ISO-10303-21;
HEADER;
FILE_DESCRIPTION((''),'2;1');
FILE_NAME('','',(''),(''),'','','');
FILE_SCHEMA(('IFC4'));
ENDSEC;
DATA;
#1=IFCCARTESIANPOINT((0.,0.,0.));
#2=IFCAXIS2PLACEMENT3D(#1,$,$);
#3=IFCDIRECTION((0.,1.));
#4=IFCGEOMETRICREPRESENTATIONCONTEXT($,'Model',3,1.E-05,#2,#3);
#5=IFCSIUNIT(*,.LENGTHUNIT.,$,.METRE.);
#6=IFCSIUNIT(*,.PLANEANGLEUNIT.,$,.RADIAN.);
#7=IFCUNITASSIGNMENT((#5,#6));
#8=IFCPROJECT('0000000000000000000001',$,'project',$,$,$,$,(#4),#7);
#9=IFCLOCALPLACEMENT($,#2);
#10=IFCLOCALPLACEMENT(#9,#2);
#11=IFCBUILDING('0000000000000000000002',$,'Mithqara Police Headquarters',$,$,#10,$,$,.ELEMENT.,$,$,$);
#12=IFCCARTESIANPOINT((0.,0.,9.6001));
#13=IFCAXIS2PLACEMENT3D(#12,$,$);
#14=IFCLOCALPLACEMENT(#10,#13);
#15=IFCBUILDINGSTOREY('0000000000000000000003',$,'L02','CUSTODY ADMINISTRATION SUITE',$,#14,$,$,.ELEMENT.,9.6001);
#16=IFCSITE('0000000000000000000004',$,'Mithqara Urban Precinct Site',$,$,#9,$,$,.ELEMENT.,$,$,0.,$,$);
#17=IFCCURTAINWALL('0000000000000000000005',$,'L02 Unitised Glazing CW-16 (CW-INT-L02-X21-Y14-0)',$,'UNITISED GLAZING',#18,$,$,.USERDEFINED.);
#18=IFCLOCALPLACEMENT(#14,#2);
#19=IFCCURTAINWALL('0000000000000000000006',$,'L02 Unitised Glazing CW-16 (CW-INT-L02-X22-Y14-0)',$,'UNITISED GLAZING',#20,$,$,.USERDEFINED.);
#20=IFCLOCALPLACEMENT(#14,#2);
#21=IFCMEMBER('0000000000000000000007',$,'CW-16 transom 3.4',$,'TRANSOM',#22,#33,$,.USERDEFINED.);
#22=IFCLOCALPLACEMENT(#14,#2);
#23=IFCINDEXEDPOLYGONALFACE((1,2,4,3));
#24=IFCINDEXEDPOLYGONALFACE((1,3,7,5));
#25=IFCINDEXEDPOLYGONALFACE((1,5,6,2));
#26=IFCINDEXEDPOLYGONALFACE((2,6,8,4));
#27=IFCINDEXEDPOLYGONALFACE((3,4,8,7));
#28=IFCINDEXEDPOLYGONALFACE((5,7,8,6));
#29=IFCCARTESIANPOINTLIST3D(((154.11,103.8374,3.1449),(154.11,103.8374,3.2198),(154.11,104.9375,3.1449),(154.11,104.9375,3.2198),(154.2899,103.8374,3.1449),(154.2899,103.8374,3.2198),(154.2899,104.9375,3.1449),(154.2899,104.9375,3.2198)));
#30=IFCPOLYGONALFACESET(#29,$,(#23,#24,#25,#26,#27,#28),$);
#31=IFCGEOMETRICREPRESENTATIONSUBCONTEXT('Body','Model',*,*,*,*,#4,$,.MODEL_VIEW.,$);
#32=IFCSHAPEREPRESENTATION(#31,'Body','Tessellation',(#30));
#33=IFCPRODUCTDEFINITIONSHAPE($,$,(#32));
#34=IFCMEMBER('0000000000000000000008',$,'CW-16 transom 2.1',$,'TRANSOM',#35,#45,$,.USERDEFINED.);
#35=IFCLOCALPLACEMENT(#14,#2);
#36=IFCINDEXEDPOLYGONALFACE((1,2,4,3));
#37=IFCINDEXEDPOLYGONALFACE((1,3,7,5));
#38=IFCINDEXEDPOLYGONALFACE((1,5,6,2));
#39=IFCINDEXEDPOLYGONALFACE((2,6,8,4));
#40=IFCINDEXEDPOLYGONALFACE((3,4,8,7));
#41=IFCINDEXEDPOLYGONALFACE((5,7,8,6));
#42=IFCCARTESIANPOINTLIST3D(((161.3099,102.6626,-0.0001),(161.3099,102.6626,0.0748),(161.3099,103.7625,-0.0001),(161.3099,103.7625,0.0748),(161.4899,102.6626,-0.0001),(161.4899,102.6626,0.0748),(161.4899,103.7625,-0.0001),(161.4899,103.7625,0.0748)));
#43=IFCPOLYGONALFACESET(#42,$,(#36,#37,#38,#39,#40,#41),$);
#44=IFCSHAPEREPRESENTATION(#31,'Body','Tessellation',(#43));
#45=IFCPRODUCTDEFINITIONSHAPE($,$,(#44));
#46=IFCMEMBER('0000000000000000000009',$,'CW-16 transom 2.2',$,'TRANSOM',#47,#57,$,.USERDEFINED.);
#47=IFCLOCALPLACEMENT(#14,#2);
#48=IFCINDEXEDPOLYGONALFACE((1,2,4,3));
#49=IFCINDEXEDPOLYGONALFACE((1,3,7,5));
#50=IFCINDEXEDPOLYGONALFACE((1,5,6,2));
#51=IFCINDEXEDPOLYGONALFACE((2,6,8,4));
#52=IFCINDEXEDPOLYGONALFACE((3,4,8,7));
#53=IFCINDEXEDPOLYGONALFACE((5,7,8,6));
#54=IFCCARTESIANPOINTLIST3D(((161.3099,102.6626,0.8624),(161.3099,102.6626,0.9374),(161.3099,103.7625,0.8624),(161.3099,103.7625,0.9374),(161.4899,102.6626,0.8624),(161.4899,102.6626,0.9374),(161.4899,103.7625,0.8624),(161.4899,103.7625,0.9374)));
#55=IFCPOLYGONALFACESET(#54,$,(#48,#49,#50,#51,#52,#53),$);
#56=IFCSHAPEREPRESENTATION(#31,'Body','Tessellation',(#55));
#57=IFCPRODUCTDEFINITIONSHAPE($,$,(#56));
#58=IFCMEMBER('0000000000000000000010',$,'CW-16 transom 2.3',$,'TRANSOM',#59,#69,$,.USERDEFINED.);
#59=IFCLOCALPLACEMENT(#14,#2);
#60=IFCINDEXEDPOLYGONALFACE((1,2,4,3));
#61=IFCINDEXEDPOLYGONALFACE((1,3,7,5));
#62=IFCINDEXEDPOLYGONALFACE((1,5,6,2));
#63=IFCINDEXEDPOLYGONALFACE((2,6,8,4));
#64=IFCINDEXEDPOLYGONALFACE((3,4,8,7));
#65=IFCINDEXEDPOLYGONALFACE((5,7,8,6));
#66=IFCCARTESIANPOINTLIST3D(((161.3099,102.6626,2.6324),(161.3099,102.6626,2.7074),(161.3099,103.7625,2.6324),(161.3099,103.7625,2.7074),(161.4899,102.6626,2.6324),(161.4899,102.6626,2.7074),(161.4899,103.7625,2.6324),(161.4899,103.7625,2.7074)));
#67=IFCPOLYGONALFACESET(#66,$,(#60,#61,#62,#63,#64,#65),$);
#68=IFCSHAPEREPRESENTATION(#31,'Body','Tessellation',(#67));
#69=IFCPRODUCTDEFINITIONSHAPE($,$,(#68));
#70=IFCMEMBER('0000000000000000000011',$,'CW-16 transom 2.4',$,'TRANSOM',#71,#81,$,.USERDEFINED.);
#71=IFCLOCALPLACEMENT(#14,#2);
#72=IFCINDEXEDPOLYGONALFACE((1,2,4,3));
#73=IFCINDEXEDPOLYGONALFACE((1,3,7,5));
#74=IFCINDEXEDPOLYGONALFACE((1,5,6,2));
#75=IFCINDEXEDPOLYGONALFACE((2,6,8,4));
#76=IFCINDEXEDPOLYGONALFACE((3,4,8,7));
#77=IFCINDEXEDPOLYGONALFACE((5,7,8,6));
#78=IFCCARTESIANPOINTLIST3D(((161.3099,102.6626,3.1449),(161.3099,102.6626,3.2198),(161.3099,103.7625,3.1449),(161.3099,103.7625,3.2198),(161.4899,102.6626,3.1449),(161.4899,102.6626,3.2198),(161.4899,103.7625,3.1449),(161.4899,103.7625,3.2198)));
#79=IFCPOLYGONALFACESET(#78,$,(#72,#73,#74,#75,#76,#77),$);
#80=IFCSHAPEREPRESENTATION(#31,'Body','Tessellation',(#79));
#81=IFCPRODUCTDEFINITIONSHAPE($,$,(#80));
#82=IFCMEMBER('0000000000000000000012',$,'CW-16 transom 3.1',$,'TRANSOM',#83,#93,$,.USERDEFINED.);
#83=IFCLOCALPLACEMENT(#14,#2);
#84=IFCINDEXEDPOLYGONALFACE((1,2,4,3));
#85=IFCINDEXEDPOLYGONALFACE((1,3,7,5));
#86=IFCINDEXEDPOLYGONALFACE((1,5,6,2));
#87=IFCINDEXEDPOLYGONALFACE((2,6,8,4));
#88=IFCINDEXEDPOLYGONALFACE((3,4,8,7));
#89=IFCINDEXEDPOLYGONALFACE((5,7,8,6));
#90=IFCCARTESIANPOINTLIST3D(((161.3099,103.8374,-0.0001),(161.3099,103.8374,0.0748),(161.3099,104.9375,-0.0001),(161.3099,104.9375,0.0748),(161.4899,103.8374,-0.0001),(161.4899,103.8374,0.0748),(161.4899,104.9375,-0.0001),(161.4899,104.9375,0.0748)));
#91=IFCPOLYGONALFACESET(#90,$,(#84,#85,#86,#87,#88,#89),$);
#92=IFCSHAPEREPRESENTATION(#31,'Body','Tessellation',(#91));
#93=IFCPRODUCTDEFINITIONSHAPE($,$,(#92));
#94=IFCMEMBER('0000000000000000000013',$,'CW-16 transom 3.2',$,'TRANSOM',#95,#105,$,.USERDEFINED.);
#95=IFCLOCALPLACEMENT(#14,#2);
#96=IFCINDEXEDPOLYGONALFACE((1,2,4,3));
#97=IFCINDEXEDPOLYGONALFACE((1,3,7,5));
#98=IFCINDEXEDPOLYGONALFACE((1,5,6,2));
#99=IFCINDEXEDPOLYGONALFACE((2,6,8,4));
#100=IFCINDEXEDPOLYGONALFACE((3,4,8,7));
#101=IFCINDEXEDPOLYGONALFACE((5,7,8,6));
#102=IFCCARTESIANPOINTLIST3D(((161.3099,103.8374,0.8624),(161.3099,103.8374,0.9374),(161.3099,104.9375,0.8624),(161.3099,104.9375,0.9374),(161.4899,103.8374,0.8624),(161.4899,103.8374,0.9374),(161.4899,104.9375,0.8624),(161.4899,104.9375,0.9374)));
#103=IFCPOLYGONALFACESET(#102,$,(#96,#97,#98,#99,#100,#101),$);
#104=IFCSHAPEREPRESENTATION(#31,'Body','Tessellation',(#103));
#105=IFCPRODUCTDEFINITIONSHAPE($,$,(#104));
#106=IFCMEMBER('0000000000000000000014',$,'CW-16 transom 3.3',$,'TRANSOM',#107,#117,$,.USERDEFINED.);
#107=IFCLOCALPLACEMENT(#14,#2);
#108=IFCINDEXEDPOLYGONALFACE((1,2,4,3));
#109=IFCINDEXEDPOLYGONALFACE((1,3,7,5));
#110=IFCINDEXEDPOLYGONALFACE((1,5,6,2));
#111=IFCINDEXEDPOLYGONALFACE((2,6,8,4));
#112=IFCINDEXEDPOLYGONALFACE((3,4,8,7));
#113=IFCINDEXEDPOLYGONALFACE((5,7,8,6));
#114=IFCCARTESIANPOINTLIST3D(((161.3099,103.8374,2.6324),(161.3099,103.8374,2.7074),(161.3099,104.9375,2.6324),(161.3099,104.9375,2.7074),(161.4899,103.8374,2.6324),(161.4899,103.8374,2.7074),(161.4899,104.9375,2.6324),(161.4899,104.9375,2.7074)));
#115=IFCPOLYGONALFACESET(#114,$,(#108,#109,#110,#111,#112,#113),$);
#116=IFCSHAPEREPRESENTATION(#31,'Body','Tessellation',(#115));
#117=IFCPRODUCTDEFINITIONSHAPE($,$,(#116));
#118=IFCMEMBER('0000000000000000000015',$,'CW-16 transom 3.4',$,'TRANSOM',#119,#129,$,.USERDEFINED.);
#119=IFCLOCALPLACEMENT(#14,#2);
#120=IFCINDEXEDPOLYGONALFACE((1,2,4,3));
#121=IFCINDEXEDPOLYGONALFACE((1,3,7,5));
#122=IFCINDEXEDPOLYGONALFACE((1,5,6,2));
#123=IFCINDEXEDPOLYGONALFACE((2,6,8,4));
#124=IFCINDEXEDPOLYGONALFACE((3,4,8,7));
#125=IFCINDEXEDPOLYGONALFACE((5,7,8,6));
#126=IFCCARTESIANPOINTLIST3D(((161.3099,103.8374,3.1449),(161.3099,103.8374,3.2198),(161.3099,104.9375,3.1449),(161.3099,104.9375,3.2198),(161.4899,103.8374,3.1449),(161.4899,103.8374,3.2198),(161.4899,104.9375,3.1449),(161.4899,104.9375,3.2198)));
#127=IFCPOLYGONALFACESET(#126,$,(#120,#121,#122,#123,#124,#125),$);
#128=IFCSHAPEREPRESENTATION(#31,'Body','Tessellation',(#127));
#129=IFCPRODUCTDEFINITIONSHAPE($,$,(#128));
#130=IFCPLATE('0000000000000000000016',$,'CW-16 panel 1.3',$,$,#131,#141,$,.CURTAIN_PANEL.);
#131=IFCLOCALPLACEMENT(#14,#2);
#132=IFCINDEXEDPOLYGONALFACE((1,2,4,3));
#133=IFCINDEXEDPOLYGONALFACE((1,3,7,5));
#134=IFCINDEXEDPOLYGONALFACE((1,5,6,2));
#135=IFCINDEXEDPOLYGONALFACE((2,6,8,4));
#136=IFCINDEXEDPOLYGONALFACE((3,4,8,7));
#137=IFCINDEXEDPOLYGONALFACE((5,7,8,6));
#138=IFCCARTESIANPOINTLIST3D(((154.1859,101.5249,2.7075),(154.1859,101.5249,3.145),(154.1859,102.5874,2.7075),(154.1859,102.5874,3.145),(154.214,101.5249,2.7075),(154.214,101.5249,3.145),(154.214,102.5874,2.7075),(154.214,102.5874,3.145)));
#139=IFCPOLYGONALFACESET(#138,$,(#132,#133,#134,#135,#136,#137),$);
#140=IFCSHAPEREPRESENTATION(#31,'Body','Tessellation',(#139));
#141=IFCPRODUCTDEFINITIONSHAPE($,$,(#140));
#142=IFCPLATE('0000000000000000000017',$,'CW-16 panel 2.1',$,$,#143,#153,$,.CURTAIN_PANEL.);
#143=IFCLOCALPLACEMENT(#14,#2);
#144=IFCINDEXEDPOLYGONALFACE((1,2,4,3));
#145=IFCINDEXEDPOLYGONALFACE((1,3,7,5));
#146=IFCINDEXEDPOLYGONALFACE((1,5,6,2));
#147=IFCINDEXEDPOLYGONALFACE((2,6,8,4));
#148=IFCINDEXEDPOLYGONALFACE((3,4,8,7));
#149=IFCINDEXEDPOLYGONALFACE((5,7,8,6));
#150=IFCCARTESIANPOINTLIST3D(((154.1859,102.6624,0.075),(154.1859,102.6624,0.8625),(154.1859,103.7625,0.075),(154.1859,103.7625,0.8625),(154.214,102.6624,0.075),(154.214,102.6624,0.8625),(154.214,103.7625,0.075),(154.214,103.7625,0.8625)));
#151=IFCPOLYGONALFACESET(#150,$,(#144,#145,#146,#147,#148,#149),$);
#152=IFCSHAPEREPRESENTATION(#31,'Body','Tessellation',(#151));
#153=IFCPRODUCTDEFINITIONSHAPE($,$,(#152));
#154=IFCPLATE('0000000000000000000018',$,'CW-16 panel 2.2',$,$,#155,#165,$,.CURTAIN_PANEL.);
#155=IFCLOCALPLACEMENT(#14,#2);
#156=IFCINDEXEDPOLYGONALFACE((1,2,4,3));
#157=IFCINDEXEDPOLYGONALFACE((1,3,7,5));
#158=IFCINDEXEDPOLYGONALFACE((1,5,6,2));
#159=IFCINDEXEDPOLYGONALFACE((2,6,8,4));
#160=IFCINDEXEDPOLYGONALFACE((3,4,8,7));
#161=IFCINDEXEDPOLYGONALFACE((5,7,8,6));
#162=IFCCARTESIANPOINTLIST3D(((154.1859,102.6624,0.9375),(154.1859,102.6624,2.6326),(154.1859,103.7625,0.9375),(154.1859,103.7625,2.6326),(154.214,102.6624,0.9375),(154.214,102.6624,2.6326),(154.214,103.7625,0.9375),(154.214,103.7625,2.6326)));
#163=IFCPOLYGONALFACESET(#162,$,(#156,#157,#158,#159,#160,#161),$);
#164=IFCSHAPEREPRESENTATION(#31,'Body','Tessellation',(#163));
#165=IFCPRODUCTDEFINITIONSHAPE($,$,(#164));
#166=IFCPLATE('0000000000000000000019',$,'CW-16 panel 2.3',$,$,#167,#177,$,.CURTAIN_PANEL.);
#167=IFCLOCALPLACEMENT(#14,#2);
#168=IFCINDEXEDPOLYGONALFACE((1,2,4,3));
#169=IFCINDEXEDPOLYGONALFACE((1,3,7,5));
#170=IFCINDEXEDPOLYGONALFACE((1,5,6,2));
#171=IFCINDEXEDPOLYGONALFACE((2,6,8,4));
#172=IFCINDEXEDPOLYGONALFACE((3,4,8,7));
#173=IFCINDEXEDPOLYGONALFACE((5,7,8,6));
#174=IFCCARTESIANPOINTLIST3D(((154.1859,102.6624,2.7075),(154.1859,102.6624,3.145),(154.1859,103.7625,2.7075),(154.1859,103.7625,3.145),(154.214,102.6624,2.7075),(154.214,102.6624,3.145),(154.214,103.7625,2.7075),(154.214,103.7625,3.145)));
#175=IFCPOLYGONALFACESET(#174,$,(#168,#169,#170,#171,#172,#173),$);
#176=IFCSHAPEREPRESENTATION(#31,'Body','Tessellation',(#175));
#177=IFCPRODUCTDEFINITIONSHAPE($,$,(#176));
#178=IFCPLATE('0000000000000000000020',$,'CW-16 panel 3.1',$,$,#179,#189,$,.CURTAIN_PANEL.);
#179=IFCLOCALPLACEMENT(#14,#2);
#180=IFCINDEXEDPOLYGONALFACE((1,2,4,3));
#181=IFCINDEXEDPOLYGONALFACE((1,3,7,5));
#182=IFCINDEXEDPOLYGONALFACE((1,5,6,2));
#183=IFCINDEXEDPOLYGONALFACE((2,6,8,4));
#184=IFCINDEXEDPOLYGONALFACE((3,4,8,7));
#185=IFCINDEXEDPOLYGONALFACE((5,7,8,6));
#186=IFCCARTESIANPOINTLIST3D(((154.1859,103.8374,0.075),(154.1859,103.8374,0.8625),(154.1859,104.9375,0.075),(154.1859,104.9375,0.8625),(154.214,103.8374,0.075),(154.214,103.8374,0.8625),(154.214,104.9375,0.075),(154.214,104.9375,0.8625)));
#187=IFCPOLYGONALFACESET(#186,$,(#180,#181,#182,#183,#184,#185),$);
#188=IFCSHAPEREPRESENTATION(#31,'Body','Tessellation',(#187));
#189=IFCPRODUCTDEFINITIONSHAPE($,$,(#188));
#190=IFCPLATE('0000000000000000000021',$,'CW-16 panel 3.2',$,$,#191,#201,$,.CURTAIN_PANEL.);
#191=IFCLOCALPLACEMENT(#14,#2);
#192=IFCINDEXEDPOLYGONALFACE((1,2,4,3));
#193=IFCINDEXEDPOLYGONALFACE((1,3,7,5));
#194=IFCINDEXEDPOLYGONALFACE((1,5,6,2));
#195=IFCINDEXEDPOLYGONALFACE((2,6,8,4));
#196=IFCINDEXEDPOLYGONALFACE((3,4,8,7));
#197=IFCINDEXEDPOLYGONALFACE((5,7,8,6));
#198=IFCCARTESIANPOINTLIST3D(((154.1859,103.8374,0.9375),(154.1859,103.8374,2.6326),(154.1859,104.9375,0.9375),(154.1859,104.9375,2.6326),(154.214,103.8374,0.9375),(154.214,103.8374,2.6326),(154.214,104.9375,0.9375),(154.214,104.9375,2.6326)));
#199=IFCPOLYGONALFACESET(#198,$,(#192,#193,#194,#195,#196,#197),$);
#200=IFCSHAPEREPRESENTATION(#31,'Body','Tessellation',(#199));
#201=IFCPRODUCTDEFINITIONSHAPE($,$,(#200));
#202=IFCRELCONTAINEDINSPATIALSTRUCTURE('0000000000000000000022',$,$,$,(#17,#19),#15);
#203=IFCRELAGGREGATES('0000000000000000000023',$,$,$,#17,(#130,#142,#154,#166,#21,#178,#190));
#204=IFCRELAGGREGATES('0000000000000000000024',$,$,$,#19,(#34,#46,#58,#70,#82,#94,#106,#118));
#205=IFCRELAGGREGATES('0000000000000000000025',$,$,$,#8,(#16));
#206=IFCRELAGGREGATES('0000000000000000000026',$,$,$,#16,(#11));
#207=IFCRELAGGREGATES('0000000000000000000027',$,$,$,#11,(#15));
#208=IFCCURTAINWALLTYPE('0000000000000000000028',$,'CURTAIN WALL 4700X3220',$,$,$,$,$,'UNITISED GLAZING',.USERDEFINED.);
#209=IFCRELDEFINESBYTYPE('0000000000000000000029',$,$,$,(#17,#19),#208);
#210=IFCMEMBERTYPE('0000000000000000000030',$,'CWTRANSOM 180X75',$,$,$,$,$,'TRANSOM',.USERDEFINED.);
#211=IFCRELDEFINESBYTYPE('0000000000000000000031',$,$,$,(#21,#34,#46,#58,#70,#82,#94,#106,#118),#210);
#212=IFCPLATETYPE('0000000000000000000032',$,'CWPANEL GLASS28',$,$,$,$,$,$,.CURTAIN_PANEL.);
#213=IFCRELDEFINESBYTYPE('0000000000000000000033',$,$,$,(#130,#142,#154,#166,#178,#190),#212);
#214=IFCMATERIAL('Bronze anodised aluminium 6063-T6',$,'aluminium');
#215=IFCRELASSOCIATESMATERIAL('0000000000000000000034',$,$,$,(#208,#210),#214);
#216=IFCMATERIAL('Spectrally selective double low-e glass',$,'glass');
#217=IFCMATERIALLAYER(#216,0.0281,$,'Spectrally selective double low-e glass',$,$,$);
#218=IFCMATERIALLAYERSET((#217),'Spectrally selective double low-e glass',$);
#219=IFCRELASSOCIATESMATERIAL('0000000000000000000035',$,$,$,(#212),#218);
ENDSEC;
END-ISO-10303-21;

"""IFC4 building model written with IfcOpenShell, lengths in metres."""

from ifc_helpers import new_model, si_unit, direction, frame, origin, origin_2d, place, context, subcontext, project, spatial, rectangle, extrude, material, layer, layer_set, material_profile, profile_set, type_object, element, aggregate, save


model = new_model("IFC4")

# Units and contexts
model_context = context("Model", 3, precision=1e-05, world=origin(), true_north=direction((0.0, 1.0)))
body_context = subcontext(model_context, "Body", "Model", "MODEL_VIEW")
ifc_project = project(units=[si_unit("LENGTHUNIT", "METRE"), si_unit("PLANEANGLEUNIT", "RADIAN")], contexts=[model_context])

# Site, building, storey
site_placement = place(None, origin())
site = spatial("IfcSite", under=ifc_project, at=site_placement, Name="Mithqara Urban Precinct Site", CompositionType="ELEMENT", RefElevation=0.0)
building_placement = place(site_placement, origin())
building = spatial("IfcBuilding", under=site, at=building_placement, Name="Mithqara Police Headquarters", CompositionType="ELEMENT")
storey_placement = place(building_placement, frame((0.0, 0.0, 9.6001)))
storey = spatial("IfcBuildingStorey", under=building, at=storey_placement, Name="L02", Description="CUSTODY ADMINISTRATION SUITE", CompositionType="ELEMENT", Elevation=9.6001)

# Curtain walls
ifc_material_1 = material(Name="Bronze anodised aluminium 6063-T6", Category="aluminium")
curtain_wall_type = type_object("IfcCurtainWallType", Name="CURTAIN WALL 4700X3220", ElementType="UNITISED GLAZING", PredefinedType="USERDEFINED", material=ifc_material_1)
curtain_wall_1_placement = place(storey_placement, origin())
curtain_wall_1 = element("IfcCurtainWall", 1, at=curtain_wall_1_placement, inside=storey, type_object=curtain_wall_type, Name="L02 Unitised Glazing CW-16 (CW-INT-L02-X21-Y14-0)", ObjectType="UNITISED GLAZING", PredefinedType="USERDEFINED")
curtain_wall_2_placement = place(storey_placement, origin())
curtain_wall_2 = element("IfcCurtainWall", 2, at=curtain_wall_2_placement, inside=storey, type_object=curtain_wall_type, Name="L02 Unitised Glazing CW-16 (CW-INT-L02-X22-Y14-0)", ObjectType="UNITISED GLAZING", PredefinedType="USERDEFINED")

# Members
ifc_material_profile_1 = material_profile(ifc_material_1, rectangle(XDim=0.1799, YDim=0.075, at=origin_2d()), Name="CWT 180x75")
ifc_profile_set_1 = profile_set([ifc_material_profile_1], Name="Bronze anodised aluminium 6063-T6")
member_type_1 = type_object("IfcMemberType", Name="CWTRANSOM 180X75", ElementType="TRANSOM", PredefinedType="USERDEFINED", material=ifc_profile_set_1)
member_1_placement = place(storey_placement, frame((154.2, 103.8374, 3.1824), z_axis=(0.0, 1.0, 0.0), x_axis=(-1.0, 0.0, 0.0)))
member_1 = element("IfcMember", 3, at=member_1_placement, type_object=member_type_1, Name="CW-16 transom 3.4", ObjectType="TRANSOM", PredefinedType="USERDEFINED", context=body_context, shape_type="SweptSolid", body=[
    extrude(rectangle(XDim=0.1799, YDim=0.075, at=origin_2d()), origin(), (0.0, 0.0, 1.0), 1.1001),
])
member_2_placement = place(storey_placement, frame((161.3999, 102.6626, 0.0374), z_axis=(0.0, 1.0, 0.0), x_axis=(-1.0, 0.0, 0.0)))
member_2 = element("IfcMember", 4, at=member_2_placement, type_object=member_type_1, Name="CW-16 transom 2.1", ObjectType="TRANSOM", PredefinedType="USERDEFINED", context=body_context, shape_type="SweptSolid", body=[
    extrude(rectangle(XDim=0.1799, YDim=0.075, at=origin_2d()), origin(), (0.0, 0.0, 1.0), 1.0999),
])
member_3_placement = place(storey_placement, frame((161.3999, 102.6626, 0.8999), z_axis=(0.0, 1.0, 0.0), x_axis=(-1.0, 0.0, 0.0)))
member_3 = element("IfcMember", 5, at=member_3_placement, type_object=member_type_1, Name="CW-16 transom 2.2", ObjectType="TRANSOM", PredefinedType="USERDEFINED", context=body_context, shape_type="SweptSolid", body=[
    extrude(rectangle(XDim=0.1799, YDim=0.075, at=origin_2d()), origin(), (0.0, 0.0, 1.0), 1.0999),
])
member_4_placement = place(storey_placement, frame((161.3999, 102.6626, 2.6699), z_axis=(0.0, 1.0, 0.0), x_axis=(-1.0, 0.0, 0.0)))
member_4 = element("IfcMember", 6, at=member_4_placement, type_object=member_type_1, Name="CW-16 transom 2.3", ObjectType="TRANSOM", PredefinedType="USERDEFINED", context=body_context, shape_type="SweptSolid", body=[
    extrude(rectangle(XDim=0.1799, YDim=0.075, at=origin_2d()), origin(), (0.0, 0.0, 1.0), 1.0999),
])
member_5_placement = place(storey_placement, frame((161.3999, 102.6626, 3.1824), z_axis=(0.0, 1.0, 0.0), x_axis=(-1.0, 0.0, 0.0)))
member_5 = element("IfcMember", 7, at=member_5_placement, type_object=member_type_1, Name="CW-16 transom 2.4", ObjectType="TRANSOM", PredefinedType="USERDEFINED", context=body_context, shape_type="SweptSolid", body=[
    extrude(rectangle(XDim=0.1799, YDim=0.075, at=origin_2d()), origin(), (0.0, 0.0, 1.0), 1.0999),
])
member_6_placement = place(storey_placement, frame((161.3999, 103.8374, 0.0374), z_axis=(0.0, 1.0, 0.0), x_axis=(-1.0, 0.0, 0.0)))
member_6 = element("IfcMember", 8, at=member_6_placement, type_object=member_type_1, Name="CW-16 transom 3.1", ObjectType="TRANSOM", PredefinedType="USERDEFINED", context=body_context, shape_type="SweptSolid", body=[
    extrude(rectangle(XDim=0.1799, YDim=0.075, at=origin_2d()), origin(), (0.0, 0.0, 1.0), 1.1001),
])
member_7_placement = place(storey_placement, frame((161.3999, 103.8374, 0.8999), z_axis=(0.0, 1.0, 0.0), x_axis=(-1.0, 0.0, 0.0)))
member_7 = element("IfcMember", 9, at=member_7_placement, type_object=member_type_1, Name="CW-16 transom 3.2", ObjectType="TRANSOM", PredefinedType="USERDEFINED", context=body_context, shape_type="SweptSolid", body=[
    extrude(rectangle(XDim=0.1799, YDim=0.075, at=origin_2d()), origin(), (0.0, 0.0, 1.0), 1.1001),
])
member_8_placement = place(storey_placement, frame((161.3999, 103.8374, 2.6699), z_axis=(0.0, 1.0, 0.0), x_axis=(-1.0, 0.0, 0.0)))
member_8 = element("IfcMember", 10, at=member_8_placement, type_object=member_type_1, Name="CW-16 transom 3.3", ObjectType="TRANSOM", PredefinedType="USERDEFINED", context=body_context, shape_type="SweptSolid", body=[
    extrude(rectangle(XDim=0.1799, YDim=0.075, at=origin_2d()), origin(), (0.0, 0.0, 1.0), 1.1001),
])
member_9_placement = place(storey_placement, frame((161.3999, 103.8374, 3.1824), z_axis=(0.0, 1.0, 0.0), x_axis=(-1.0, 0.0, 0.0)))
member_9 = element("IfcMember", 11, at=member_9_placement, type_object=member_type_1, Name="CW-16 transom 3.4", ObjectType="TRANSOM", PredefinedType="USERDEFINED", context=body_context, shape_type="SweptSolid", body=[
    extrude(rectangle(XDim=0.1799, YDim=0.075, at=origin_2d()), origin(), (0.0, 0.0, 1.0), 1.1001),
])

# Plates
ifc_material_2 = material(Name="Spectrally selective double low-e glass", Category="glass")
ifc_layer_1 = layer(ifc_material_2, 0.0281, Name="Spectrally selective double low-e glass")
ifc_layer_set_1 = layer_set([ifc_layer_1], Name="Spectrally selective double low-e glass")
plate_type_1 = type_object("IfcPlateType", Name="CWPANEL GLASS28", PredefinedType="CURTAIN_PANEL", material=ifc_layer_set_1)
plate_1_placement = place(storey_placement, frame((154.2, 102.0562, 2.7075), z_axis=(0.0, 0.0, 1.0), x_axis=(0.0, 1.0, 0.0)))
plate_1 = element("IfcPlate", 12, at=plate_1_placement, type_object=plate_type_1, Name="CW-16 panel 1.3", PredefinedType="CURTAIN_PANEL", context=body_context, shape_type="SweptSolid", body=[
    extrude(rectangle(XDim=1.0625, YDim=0.0281, at=origin_2d()), origin(), (0.0, 0.0, 1.0), 0.4375),
])
plate_2_placement = place(storey_placement, frame((154.2, 103.2124, 0.075), z_axis=(0.0, 0.0, 1.0), x_axis=(0.0, 1.0, 0.0)))
plate_2 = element("IfcPlate", 13, at=plate_2_placement, type_object=plate_type_1, Name="CW-16 panel 2.1", PredefinedType="CURTAIN_PANEL", context=body_context, shape_type="SweptSolid", body=[
    extrude(rectangle(XDim=1.1001, YDim=0.0281, at=origin_2d()), origin(), (0.0, 0.0, 1.0), 0.7876),
])
plate_3_placement = place(storey_placement, frame((154.2, 103.2124, 0.9375), z_axis=(0.0, 0.0, 1.0), x_axis=(0.0, 1.0, 0.0)))
plate_3 = element("IfcPlate", 14, at=plate_3_placement, type_object=plate_type_1, Name="CW-16 panel 2.2", PredefinedType="CURTAIN_PANEL", context=body_context, shape_type="SweptSolid", body=[
    extrude(rectangle(XDim=1.1001, YDim=0.0281, at=origin_2d()), origin(), (0.0, 0.0, 1.0), 1.6951),
])
plate_4_placement = place(storey_placement, frame((154.2, 103.2124, 2.7075), z_axis=(0.0, 0.0, 1.0), x_axis=(0.0, 1.0, 0.0)))
plate_4 = element("IfcPlate", 15, at=plate_4_placement, type_object=plate_type_1, Name="CW-16 panel 2.3", PredefinedType="CURTAIN_PANEL", context=body_context, shape_type="SweptSolid", body=[
    extrude(rectangle(XDim=1.1001, YDim=0.0281, at=origin_2d()), origin(), (0.0, 0.0, 1.0), 0.4375),
])
plate_5_placement = place(storey_placement, frame((154.2, 104.3875, 0.075), z_axis=(0.0, 0.0, 1.0), x_axis=(0.0, 1.0, 0.0)))
plate_5 = element("IfcPlate", 16, at=plate_5_placement, type_object=plate_type_1, Name="CW-16 panel 3.1", PredefinedType="CURTAIN_PANEL", context=body_context, shape_type="SweptSolid", body=[
    extrude(rectangle(XDim=1.1001, YDim=0.0281, at=origin_2d()), origin(), (0.0, 0.0, 1.0), 0.7876),
])
plate_6_placement = place(storey_placement, frame((154.2, 104.3875, 0.9375), z_axis=(0.0, 0.0, 1.0), x_axis=(0.0, 1.0, 0.0)))
plate_6 = element("IfcPlate", 17, at=plate_6_placement, type_object=plate_type_1, Name="CW-16 panel 3.2", PredefinedType="CURTAIN_PANEL", context=body_context, shape_type="SweptSolid", body=[
    extrude(rectangle(XDim=1.1001, YDim=0.0281, at=origin_2d()), origin(), (0.0, 0.0, 1.0), 1.6951),
])
aggregate(curtain_wall_1, [plate_1, plate_2, plate_3, plate_4, member_1, plate_5, plate_6])
aggregate(curtain_wall_2, [member_2, member_3, member_4, member_5, member_6, member_7, member_8, member_9])

save(model, "model.ifc")
